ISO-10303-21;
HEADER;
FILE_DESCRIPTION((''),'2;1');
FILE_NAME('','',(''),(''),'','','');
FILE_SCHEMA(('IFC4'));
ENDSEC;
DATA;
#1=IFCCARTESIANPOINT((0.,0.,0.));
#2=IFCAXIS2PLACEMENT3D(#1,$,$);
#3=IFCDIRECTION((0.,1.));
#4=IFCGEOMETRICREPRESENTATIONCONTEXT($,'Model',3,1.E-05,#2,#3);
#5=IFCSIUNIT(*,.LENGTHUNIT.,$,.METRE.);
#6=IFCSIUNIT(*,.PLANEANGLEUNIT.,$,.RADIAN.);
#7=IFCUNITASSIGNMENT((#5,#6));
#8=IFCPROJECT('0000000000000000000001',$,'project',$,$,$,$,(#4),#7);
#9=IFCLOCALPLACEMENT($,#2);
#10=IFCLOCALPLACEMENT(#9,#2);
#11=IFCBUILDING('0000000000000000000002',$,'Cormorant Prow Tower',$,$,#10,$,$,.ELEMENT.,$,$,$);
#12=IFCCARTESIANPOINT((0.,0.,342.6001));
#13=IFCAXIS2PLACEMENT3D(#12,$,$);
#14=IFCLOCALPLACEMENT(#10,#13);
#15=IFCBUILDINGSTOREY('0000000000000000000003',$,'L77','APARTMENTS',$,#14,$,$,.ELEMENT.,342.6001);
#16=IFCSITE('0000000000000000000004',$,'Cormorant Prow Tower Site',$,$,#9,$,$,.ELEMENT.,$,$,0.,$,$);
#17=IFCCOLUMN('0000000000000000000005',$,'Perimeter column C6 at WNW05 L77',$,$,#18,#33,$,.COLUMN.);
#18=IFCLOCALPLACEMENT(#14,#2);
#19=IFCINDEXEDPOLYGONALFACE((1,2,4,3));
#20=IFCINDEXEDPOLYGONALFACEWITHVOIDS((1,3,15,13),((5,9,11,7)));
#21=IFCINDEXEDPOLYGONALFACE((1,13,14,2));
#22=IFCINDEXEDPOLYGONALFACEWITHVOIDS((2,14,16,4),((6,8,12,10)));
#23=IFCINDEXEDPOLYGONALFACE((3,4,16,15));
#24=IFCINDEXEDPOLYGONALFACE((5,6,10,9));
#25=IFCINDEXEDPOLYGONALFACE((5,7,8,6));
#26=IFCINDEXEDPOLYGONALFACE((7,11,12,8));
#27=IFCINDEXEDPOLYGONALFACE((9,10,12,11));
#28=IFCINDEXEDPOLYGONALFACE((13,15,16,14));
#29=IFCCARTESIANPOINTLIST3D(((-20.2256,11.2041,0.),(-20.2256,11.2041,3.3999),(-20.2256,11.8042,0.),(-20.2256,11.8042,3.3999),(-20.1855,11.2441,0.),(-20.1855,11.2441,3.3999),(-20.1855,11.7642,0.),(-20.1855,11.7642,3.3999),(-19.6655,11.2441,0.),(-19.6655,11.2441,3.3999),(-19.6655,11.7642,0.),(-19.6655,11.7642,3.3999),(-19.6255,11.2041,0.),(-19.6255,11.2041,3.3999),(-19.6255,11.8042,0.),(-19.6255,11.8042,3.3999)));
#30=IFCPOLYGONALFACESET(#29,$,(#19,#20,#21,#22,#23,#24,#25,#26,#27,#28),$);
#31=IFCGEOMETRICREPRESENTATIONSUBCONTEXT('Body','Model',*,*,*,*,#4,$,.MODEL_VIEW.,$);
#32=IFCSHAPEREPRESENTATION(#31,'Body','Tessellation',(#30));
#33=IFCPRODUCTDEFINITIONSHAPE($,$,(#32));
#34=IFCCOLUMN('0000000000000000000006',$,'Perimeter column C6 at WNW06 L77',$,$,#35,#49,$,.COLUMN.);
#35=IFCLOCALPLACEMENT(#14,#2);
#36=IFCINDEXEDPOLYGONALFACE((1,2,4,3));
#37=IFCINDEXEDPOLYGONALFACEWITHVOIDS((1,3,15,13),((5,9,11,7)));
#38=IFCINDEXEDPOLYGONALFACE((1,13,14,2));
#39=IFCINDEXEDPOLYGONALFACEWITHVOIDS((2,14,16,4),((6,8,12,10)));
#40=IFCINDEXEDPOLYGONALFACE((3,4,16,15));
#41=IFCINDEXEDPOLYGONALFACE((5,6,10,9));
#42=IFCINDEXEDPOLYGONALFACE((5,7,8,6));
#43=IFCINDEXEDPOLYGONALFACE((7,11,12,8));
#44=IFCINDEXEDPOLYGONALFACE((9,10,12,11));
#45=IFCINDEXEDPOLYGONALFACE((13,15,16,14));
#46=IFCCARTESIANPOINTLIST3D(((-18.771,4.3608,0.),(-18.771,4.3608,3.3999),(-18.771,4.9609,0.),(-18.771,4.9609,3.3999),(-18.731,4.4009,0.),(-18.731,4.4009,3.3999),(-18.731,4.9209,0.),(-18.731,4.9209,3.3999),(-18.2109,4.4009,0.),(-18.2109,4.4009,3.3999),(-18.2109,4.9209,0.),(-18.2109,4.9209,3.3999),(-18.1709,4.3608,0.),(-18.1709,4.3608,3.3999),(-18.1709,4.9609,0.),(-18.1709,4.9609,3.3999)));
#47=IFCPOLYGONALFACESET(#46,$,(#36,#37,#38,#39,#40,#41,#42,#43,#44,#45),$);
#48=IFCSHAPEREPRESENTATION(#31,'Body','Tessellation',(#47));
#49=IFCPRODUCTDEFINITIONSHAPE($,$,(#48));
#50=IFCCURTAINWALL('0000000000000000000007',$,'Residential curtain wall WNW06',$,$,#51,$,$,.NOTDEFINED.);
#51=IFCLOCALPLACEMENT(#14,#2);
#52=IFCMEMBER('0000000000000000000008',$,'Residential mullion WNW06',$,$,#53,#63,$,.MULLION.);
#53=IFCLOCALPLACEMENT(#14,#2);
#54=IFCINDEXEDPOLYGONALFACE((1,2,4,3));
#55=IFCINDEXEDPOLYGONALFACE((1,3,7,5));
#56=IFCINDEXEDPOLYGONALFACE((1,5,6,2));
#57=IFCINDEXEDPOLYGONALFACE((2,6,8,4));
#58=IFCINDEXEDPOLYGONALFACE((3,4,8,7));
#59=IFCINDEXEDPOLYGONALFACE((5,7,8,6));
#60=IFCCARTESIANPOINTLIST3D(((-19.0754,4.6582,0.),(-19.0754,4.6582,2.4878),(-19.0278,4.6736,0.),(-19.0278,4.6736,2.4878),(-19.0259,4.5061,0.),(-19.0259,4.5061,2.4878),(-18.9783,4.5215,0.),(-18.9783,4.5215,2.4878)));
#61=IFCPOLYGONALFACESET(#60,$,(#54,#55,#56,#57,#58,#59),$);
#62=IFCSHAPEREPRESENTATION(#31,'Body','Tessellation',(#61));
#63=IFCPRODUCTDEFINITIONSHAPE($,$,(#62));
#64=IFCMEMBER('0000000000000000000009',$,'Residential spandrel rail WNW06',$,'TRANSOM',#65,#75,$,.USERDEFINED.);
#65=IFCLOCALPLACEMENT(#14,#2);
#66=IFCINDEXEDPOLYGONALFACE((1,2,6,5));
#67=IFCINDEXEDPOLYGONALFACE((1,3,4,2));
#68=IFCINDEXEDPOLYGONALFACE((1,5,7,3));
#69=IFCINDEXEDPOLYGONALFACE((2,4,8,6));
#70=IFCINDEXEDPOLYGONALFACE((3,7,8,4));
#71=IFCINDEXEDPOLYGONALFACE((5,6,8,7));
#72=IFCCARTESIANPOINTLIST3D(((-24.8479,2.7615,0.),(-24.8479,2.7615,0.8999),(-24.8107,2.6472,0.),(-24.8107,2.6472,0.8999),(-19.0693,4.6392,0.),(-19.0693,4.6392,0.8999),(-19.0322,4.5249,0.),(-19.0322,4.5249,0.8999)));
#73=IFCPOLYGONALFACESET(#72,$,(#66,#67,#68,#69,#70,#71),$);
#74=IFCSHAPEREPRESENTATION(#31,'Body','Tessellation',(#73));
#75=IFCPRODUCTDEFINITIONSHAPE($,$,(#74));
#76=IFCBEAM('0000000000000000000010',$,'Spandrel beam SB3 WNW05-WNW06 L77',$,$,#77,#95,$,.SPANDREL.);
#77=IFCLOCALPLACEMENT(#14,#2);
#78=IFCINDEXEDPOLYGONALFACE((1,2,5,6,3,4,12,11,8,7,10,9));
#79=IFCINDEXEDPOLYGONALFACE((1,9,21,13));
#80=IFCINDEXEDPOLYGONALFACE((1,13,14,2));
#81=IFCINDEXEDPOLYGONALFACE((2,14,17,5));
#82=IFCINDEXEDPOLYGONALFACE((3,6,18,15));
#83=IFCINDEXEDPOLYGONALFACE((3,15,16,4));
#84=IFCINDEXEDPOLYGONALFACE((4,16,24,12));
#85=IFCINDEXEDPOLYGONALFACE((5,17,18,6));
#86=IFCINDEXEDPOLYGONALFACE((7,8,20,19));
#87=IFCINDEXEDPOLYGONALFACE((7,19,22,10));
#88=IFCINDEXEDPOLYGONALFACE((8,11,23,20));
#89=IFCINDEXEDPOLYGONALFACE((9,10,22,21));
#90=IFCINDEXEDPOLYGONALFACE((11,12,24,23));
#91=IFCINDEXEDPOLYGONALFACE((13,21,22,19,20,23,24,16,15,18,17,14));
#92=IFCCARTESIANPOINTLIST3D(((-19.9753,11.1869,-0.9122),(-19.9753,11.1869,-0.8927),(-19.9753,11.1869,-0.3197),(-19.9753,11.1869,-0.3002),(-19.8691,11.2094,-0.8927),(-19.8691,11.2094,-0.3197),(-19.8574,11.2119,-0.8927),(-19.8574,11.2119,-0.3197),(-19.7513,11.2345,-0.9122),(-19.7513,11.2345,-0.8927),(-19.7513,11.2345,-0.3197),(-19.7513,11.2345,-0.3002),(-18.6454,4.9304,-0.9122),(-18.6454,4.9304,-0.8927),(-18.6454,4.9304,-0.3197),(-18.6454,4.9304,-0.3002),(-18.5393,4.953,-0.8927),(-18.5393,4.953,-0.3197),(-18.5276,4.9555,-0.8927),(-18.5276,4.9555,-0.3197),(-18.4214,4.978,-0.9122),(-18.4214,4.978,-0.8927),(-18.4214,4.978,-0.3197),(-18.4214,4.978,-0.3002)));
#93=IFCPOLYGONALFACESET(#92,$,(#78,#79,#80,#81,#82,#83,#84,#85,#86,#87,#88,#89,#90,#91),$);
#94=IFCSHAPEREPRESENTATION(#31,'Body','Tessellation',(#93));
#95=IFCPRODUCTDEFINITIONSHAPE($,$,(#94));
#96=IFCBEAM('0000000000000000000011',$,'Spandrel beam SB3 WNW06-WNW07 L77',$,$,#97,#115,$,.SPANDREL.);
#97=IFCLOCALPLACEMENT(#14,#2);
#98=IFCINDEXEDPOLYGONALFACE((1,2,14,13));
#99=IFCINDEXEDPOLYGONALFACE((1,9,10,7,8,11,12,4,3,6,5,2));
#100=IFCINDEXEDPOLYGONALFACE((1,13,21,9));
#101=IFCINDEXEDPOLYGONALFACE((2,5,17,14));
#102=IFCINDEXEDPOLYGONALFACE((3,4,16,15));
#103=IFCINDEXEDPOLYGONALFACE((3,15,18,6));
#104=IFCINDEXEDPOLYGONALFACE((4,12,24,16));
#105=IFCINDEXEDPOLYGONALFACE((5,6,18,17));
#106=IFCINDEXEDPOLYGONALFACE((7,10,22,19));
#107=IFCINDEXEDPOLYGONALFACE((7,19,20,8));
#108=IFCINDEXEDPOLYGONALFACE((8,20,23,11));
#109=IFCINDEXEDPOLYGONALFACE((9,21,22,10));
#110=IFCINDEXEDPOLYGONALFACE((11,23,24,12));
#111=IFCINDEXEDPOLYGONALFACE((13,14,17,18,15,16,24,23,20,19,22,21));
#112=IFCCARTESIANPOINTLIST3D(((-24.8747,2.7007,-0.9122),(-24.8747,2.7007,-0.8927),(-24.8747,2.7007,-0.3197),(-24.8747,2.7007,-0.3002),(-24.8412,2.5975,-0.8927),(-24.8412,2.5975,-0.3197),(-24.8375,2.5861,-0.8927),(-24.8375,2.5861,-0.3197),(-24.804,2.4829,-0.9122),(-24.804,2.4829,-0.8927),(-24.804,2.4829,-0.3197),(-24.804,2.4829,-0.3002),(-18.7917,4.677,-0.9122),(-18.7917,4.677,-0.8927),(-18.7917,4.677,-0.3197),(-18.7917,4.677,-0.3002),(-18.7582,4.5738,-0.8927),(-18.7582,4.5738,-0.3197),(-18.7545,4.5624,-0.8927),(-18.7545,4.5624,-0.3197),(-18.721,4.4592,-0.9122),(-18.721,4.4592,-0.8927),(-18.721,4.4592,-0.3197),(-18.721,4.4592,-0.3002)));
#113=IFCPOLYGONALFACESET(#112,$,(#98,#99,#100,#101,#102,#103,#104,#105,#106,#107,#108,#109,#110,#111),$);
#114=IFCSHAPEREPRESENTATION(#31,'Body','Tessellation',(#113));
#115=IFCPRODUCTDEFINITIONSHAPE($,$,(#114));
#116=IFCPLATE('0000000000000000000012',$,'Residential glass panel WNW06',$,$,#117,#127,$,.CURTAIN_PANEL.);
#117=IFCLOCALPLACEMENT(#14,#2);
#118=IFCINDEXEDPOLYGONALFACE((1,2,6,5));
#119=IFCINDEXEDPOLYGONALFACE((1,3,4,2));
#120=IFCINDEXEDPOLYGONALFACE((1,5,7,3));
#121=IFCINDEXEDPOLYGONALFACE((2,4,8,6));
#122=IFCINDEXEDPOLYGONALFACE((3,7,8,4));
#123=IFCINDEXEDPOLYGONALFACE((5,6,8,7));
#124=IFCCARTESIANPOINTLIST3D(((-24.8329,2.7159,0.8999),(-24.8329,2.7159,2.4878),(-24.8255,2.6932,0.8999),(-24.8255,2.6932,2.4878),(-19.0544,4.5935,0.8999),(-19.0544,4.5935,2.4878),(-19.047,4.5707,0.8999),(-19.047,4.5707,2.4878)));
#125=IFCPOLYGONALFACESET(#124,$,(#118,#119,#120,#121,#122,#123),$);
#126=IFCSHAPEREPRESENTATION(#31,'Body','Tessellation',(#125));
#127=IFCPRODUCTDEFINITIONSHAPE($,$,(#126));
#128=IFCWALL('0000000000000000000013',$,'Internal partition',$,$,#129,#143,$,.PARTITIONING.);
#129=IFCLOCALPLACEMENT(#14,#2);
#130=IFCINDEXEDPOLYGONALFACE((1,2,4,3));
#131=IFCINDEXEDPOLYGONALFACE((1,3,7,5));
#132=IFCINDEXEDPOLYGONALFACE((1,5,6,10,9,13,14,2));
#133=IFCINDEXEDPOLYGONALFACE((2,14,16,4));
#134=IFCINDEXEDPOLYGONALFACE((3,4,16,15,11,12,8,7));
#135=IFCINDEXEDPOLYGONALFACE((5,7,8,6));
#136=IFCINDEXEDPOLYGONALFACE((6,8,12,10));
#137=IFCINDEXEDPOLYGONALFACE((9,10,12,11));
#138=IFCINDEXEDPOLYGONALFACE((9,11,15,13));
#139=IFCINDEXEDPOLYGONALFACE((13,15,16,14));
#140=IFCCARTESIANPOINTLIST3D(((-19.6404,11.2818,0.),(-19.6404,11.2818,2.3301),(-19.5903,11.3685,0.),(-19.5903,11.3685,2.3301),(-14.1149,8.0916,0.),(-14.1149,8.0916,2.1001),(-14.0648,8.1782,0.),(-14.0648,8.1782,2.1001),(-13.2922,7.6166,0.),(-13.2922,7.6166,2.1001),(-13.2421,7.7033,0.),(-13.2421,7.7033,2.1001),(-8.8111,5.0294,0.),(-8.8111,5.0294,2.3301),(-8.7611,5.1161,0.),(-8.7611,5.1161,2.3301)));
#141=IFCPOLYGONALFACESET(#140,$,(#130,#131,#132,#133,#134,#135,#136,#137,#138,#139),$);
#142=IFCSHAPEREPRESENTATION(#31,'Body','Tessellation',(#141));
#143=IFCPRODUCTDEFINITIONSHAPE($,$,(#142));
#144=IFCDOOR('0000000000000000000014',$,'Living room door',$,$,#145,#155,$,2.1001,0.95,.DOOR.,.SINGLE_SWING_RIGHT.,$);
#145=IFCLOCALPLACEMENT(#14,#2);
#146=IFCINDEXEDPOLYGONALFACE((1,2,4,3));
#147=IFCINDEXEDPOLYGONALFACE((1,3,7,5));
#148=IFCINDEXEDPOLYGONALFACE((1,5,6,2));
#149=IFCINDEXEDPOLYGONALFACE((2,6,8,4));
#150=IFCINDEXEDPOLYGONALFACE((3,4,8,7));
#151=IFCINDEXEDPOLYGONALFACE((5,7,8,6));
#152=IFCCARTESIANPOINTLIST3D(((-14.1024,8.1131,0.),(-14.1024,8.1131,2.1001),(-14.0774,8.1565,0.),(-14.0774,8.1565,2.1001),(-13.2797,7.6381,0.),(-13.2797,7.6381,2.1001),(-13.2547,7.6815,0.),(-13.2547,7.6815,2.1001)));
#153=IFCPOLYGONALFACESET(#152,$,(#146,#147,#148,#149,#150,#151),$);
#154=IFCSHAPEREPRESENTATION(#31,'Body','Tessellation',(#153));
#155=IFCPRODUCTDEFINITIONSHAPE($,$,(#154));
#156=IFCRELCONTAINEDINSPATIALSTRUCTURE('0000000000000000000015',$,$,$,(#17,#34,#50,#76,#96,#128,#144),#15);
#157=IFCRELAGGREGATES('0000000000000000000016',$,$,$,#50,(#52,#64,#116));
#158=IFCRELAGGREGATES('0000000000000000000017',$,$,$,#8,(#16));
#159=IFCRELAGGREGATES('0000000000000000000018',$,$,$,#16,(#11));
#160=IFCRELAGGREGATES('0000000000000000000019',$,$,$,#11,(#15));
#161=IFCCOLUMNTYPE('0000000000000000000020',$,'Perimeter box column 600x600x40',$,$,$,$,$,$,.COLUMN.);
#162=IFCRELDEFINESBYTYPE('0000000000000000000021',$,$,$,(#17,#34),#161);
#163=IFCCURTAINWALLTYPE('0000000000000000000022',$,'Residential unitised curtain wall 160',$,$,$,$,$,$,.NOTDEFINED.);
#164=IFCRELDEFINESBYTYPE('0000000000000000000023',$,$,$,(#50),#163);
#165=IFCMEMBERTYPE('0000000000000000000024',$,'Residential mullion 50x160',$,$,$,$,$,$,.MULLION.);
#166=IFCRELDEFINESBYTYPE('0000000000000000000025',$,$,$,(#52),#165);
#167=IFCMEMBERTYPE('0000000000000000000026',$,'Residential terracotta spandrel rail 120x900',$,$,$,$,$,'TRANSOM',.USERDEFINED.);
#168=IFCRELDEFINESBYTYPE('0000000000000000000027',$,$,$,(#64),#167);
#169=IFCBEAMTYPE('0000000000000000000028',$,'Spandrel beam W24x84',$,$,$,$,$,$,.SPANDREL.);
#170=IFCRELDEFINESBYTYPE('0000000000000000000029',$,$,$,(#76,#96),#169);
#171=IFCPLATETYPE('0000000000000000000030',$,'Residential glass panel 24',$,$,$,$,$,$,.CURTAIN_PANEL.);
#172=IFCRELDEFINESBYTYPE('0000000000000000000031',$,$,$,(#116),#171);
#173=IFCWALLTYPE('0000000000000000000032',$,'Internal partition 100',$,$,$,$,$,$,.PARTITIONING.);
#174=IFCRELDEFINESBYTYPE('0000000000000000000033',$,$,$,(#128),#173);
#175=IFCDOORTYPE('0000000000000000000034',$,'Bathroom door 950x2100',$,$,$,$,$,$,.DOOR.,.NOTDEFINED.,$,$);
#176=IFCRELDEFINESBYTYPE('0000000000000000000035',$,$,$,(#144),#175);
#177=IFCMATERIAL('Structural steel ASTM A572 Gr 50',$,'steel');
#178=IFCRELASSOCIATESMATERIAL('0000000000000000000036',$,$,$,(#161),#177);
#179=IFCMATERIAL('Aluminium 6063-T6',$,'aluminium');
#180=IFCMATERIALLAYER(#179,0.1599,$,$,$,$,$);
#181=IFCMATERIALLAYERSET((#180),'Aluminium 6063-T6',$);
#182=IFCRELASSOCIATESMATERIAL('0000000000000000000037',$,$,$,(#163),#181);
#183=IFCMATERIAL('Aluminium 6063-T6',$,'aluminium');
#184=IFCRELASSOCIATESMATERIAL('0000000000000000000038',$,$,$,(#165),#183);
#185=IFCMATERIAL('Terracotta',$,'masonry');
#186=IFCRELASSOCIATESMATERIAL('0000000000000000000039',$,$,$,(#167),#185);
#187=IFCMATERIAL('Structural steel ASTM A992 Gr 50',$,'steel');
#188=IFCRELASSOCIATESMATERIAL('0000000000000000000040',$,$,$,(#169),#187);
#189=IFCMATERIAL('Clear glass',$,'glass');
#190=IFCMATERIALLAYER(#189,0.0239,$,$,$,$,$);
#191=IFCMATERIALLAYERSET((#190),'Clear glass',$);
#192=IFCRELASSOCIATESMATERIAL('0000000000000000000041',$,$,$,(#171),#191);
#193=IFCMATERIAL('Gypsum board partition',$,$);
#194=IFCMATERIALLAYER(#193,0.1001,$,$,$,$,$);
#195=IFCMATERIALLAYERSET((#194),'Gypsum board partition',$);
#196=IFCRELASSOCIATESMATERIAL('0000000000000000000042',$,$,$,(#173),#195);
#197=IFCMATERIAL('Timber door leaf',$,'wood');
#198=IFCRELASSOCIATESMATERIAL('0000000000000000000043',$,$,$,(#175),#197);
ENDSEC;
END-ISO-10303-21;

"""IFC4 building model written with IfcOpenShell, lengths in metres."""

from ifc_helpers import new_model, si_unit, direction, frame, frame_2d, origin, origin_2d, place, context, subcontext, project, spatial, rectangle, hollow_rectangle, i_section, extrude, material, layer, layer_set, material_profile, profile_set, type_object, element, fill, aggregate, save


model = new_model("IFC4")

# Units and contexts
model_context = context("Model", 3, precision=1e-05, world=origin(), true_north=direction((0.0, 1.0)))
body_context = subcontext(model_context, "Body", "Model", "MODEL_VIEW")
ifc_project = project(units=[si_unit("LENGTHUNIT", "METRE"), si_unit("PLANEANGLEUNIT", "RADIAN")], contexts=[model_context])

# Site, building, storey
site_placement = place(None, origin())
site = spatial("IfcSite", under=ifc_project, at=site_placement, Name="Cormorant Prow Tower Site", CompositionType="ELEMENT", RefElevation=0.0)
building_placement = place(site_placement, origin())
building = spatial("IfcBuilding", under=site, at=building_placement, Name="Cormorant Prow Tower", CompositionType="ELEMENT")
storey_placement = place(building_placement, frame((0.0, 0.0, 342.6001)))
storey = spatial("IfcBuildingStorey", under=building, at=storey_placement, Name="L77", Description="APARTMENTS", CompositionType="ELEMENT", Elevation=342.6001)

# Columns
ifc_material_1 = material(Name="Structural steel ASTM A572 Gr 50", Category="steel")
ifc_material_profile_1 = material_profile(ifc_material_1, hollow_rectangle(XDim=0.6001, YDim=0.6001, WallThickness=0.04, at=origin_2d()), Name="Box 600x600x40")
ifc_profile_set_1 = profile_set([ifc_material_profile_1], Name="Structural steel ASTM A572 Gr 50")
column_type = type_object("IfcColumnType", Name="Perimeter box column 600x600x40", PredefinedType="COLUMN", material=ifc_profile_set_1)
for number, where, z_axis, x_axis, name in (
    (1, (-19.9255, 11.5042, 0.0), (0.0, 0.0, 1.0), (1.0, 0.0, 0.0), "Perimeter column C6 at WNW05 L77"),
    (2, (-18.4709, 4.6609, 0.0), (0.0, 0.0, 1.0), (1.0, 0.0, 0.0), "Perimeter column C6 at WNW06 L77"),
):
    element("IfcColumn", number, at=place(storey_placement, frame(where, z_axis=z_axis, x_axis=x_axis)), inside=storey, type_object=column_type, Name=name, PredefinedType="COLUMN", context=body_context, shape_type="SweptSolid", body=[
        extrude(hollow_rectangle(XDim=0.6001, YDim=0.6001, WallThickness=0.04, at=origin_2d()), origin(), (0.0, 0.0, 1.0), 3.3999),
    ])

# Curtain wall, members
ifc_material_2 = material(Name="Aluminium 6063-T6", Category="aluminium")
ifc_layer_1 = layer(ifc_material_2, 0.1599)
ifc_layer_set_1 = layer_set([ifc_layer_1], Name="Aluminium 6063-T6")
curtain_wall_type = type_object("IfcCurtainWallType", Name="Residential unitised curtain wall 160", PredefinedType="NOTDEFINED", material=ifc_layer_set_1)
curtain_wall_placement = place(storey_placement, origin())
curtain_wall = element("IfcCurtainWall", 3, at=curtain_wall_placement, inside=storey, type_object=curtain_wall_type, Name="Residential curtain wall WNW06", PredefinedType="NOTDEFINED")
ifc_material_3 = material(Name="Aluminium 6063-T6", Category="aluminium")
ifc_material_profile_2 = material_profile(ifc_material_3, rectangle(XDim=0.1599, YDim=0.05, at=origin_2d()), Name="Residential mullion 50x160")
ifc_profile_set_2 = profile_set([ifc_material_profile_2], Name="Aluminium 6063-T6")
member_type_1 = type_object("IfcMemberType", Name="Residential mullion 50x160", PredefinedType="MULLION", material=ifc_profile_set_2)
member_1_placement = place(storey_placement, frame((-19.0269, 4.5898, 0.0), z_axis=(0.0, 0.0, 1.0), x_axis=(0.309017, -0.951057, 0.0)))
member_1 = element("IfcMember", 4, at=member_1_placement, type_object=member_type_1, Name="Residential mullion WNW06", PredefinedType="MULLION", context=body_context, shape_type="SweptSolid", body=[
    extrude(rectangle(XDim=0.1599, YDim=0.05, at=origin_2d()), origin(), (0.0, 0.0, 1.0), 2.4878),
])
ifc_material_4 = material(Name="Terracotta", Category="masonry")
ifc_material_profile_3 = material_profile(ifc_material_4, rectangle(XDim=0.1201, YDim=0.8999, at=origin_2d()), Name="Residential terracotta spandrel rail 120x900")
ifc_profile_set_3 = profile_set([ifc_material_profile_3], Name="Terracotta")
member_type_2 = type_object("IfcMemberType", Name="Residential terracotta spandrel rail 120x900", ElementType="TRANSOM", PredefinedType="USERDEFINED", material=ifc_profile_set_3)
member_2_placement = place(storey_placement, frame((-19.0508, 4.582, 0.45), z_axis=(-0.951051, -0.309034, 0.0), x_axis=(0.309034, -0.951051, 0.0)))
member_2 = element("IfcMember", 5, at=member_2_placement, type_object=member_type_2, Name="Residential spandrel rail WNW06", ObjectType="TRANSOM", PredefinedType="USERDEFINED", context=body_context, shape_type="SweptSolid", body=[
    extrude(rectangle(XDim=0.1201, YDim=0.8999, at=origin_2d()), origin(), (0.0, 0.0, 1.0), 6.0759),
])

# Beams
ifc_material_5 = material(Name="Structural steel ASTM A992 Gr 50", Category="steel")
ifc_material_profile_4 = material_profile(ifc_material_5, i_section(OverallWidth=0.229, OverallDepth=0.6121, WebThickness=0.012, FlangeThickness=0.0195, at=origin_2d()), Name="W24x84")
ifc_profile_set_4 = profile_set([ifc_material_profile_4], Name="Structural steel ASTM A992 Gr 50")
beam_type = type_object("IfcBeamType", Name="Spandrel beam W24x84", PredefinedType="SPANDREL", material=ifc_profile_set_4)
beam_1_placement = place(storey_placement, frame((-19.8633, 11.2107, -0.6062), z_axis=(0.207913, -0.978147, 0.0), x_axis=(0.978147, 0.207913, 0.0)))
element("IfcBeam", 6, at=beam_1_placement, inside=storey, type_object=beam_type, Name="Spandrel beam SB3 WNW05-WNW06 L77", PredefinedType="SPANDREL", context=body_context, shape_type="SweptSolid", body=[
    extrude(i_section(OverallWidth=0.229, OverallDepth=0.6121, WebThickness=0.012, FlangeThickness=0.0195, at=origin_2d()), origin(), (0.0, 0.0, 1.0), 6.3962),
])
beam_2_placement = place(storey_placement, frame((-18.7563, 4.5681, -0.6062), z_axis=(-0.951064, -0.308993, 0.0), x_axis=(0.308993, -0.951064, 0.0)))
element("IfcBeam", 7, at=beam_2_placement, inside=storey, type_object=beam_type, Name="Spandrel beam SB3 WNW06-WNW07 L77", PredefinedType="SPANDREL", context=body_context, shape_type="SweptSolid", body=[
    extrude(i_section(OverallWidth=0.229, OverallDepth=0.6121, WebThickness=0.012, FlangeThickness=0.0195, at=origin_2d()), origin(), (0.0, 0.0, 1.0), 6.396),
])

# Plate
ifc_material_6 = material(Name="Clear glass", Category="glass")
ifc_layer_2 = layer(ifc_material_6, 0.0239)
ifc_layer_set_2 = layer_set([ifc_layer_2], Name="Clear glass")
plate_type = type_object("IfcPlateType", Name="Residential glass panel 24", PredefinedType="CURTAIN_PANEL", material=ifc_layer_set_2)
plate_placement = place(storey_placement, frame((-21.9399, 3.6433, 0.8999), z_axis=(0.0, 0.0, 1.0), x_axis=(-0.951057, -0.309017, 0.0)))
plate = element("IfcPlate", 8, at=plate_placement, type_object=plate_type, Name="Residential glass panel WNW06", PredefinedType="CURTAIN_PANEL", context=body_context, shape_type="SweptSolid", body=[
    extrude(rectangle(XDim=6.0759, YDim=0.0239, at=origin_2d()), origin(), (0.0, 0.0, 1.0), 1.5879),
])
aggregate(curtain_wall, [member_1, member_2, plate])

# Wall, opening, door
ifc_material_7 = material(Name="Gypsum board partition")
ifc_layer_3 = layer(ifc_material_7, 0.1001)
ifc_layer_set_3 = layer_set([ifc_layer_3], Name="Gypsum board partition")
wall_type_1 = type_object("IfcWallType", Name="Internal partition 100", PredefinedType="PARTITIONING", material=ifc_layer_set_3)
wall_1_placement = place(storey_placement, frame((-19.6155, 11.3252, 0.0), z_axis=(0.0, 0.0, 1.0), x_axis=(0.866021, -0.500007, 0.0)))
wall_1 = element("IfcWall", 9, at=wall_1_placement, inside=storey, type_object=wall_type_1, Name="Internal partition", PredefinedType="PARTITIONING", context=body_context, shape_type="SweptSolid", body=[
    extrude(rectangle(XDim=12.5046, YDim=0.1001, at=frame_2d((6.2524, 0.0))), origin(), (0.0, 0.0, 1.0), 2.3301),
])
opening_1_placement = place(wall_1_placement, frame((6.3804, 0.0, 0.0)))
opening_1 = element("IfcOpeningElement", 10, at=opening_1_placement, cuts=wall_1, PredefinedType="OPENING", context=body_context, shape_type="SweptSolid", body=[
    extrude(rectangle(XDim=0.95, YDim=2.1001, at=frame_2d((0.4751, 1.05))), frame((0.0, 0.0601, 0.0), z_axis=(0.0, -1.0, 0.0), x_axis=(1.0, 0.0, 0.0)), (0.0, 0.0, 1.0), 0.1201),
])
ifc_material_8 = material(Name="Timber door leaf", Category="wood")
door_type_1 = type_object("IfcDoorType", Name="Bathroom door 950x2100", OperationType="NOTDEFINED", PredefinedType="DOOR", material=ifc_material_8)
door_1_placement = place(opening_1_placement, origin())
door_1 = element("IfcDoor", 11, at=door_1_placement, inside=storey, type_object=door_type_1, Name="Living room door", OperationType="SINGLE_SWING_RIGHT", OverallHeight=2.1001, OverallWidth=0.95, PredefinedType="DOOR", context=body_context, shape_type="SweptSolid", body=[
    extrude(rectangle(XDim=0.95, YDim=2.1001, at=frame_2d((0.4751, 1.05))), frame((0.0, 0.0249, 0.0), z_axis=(0.0, -1.0, 0.0), x_axis=(1.0, 0.0, 0.0)), (0.0, 0.0, 1.0), 0.05),
])
fill(opening_1, door_1)

save(model, "model.ifc")
